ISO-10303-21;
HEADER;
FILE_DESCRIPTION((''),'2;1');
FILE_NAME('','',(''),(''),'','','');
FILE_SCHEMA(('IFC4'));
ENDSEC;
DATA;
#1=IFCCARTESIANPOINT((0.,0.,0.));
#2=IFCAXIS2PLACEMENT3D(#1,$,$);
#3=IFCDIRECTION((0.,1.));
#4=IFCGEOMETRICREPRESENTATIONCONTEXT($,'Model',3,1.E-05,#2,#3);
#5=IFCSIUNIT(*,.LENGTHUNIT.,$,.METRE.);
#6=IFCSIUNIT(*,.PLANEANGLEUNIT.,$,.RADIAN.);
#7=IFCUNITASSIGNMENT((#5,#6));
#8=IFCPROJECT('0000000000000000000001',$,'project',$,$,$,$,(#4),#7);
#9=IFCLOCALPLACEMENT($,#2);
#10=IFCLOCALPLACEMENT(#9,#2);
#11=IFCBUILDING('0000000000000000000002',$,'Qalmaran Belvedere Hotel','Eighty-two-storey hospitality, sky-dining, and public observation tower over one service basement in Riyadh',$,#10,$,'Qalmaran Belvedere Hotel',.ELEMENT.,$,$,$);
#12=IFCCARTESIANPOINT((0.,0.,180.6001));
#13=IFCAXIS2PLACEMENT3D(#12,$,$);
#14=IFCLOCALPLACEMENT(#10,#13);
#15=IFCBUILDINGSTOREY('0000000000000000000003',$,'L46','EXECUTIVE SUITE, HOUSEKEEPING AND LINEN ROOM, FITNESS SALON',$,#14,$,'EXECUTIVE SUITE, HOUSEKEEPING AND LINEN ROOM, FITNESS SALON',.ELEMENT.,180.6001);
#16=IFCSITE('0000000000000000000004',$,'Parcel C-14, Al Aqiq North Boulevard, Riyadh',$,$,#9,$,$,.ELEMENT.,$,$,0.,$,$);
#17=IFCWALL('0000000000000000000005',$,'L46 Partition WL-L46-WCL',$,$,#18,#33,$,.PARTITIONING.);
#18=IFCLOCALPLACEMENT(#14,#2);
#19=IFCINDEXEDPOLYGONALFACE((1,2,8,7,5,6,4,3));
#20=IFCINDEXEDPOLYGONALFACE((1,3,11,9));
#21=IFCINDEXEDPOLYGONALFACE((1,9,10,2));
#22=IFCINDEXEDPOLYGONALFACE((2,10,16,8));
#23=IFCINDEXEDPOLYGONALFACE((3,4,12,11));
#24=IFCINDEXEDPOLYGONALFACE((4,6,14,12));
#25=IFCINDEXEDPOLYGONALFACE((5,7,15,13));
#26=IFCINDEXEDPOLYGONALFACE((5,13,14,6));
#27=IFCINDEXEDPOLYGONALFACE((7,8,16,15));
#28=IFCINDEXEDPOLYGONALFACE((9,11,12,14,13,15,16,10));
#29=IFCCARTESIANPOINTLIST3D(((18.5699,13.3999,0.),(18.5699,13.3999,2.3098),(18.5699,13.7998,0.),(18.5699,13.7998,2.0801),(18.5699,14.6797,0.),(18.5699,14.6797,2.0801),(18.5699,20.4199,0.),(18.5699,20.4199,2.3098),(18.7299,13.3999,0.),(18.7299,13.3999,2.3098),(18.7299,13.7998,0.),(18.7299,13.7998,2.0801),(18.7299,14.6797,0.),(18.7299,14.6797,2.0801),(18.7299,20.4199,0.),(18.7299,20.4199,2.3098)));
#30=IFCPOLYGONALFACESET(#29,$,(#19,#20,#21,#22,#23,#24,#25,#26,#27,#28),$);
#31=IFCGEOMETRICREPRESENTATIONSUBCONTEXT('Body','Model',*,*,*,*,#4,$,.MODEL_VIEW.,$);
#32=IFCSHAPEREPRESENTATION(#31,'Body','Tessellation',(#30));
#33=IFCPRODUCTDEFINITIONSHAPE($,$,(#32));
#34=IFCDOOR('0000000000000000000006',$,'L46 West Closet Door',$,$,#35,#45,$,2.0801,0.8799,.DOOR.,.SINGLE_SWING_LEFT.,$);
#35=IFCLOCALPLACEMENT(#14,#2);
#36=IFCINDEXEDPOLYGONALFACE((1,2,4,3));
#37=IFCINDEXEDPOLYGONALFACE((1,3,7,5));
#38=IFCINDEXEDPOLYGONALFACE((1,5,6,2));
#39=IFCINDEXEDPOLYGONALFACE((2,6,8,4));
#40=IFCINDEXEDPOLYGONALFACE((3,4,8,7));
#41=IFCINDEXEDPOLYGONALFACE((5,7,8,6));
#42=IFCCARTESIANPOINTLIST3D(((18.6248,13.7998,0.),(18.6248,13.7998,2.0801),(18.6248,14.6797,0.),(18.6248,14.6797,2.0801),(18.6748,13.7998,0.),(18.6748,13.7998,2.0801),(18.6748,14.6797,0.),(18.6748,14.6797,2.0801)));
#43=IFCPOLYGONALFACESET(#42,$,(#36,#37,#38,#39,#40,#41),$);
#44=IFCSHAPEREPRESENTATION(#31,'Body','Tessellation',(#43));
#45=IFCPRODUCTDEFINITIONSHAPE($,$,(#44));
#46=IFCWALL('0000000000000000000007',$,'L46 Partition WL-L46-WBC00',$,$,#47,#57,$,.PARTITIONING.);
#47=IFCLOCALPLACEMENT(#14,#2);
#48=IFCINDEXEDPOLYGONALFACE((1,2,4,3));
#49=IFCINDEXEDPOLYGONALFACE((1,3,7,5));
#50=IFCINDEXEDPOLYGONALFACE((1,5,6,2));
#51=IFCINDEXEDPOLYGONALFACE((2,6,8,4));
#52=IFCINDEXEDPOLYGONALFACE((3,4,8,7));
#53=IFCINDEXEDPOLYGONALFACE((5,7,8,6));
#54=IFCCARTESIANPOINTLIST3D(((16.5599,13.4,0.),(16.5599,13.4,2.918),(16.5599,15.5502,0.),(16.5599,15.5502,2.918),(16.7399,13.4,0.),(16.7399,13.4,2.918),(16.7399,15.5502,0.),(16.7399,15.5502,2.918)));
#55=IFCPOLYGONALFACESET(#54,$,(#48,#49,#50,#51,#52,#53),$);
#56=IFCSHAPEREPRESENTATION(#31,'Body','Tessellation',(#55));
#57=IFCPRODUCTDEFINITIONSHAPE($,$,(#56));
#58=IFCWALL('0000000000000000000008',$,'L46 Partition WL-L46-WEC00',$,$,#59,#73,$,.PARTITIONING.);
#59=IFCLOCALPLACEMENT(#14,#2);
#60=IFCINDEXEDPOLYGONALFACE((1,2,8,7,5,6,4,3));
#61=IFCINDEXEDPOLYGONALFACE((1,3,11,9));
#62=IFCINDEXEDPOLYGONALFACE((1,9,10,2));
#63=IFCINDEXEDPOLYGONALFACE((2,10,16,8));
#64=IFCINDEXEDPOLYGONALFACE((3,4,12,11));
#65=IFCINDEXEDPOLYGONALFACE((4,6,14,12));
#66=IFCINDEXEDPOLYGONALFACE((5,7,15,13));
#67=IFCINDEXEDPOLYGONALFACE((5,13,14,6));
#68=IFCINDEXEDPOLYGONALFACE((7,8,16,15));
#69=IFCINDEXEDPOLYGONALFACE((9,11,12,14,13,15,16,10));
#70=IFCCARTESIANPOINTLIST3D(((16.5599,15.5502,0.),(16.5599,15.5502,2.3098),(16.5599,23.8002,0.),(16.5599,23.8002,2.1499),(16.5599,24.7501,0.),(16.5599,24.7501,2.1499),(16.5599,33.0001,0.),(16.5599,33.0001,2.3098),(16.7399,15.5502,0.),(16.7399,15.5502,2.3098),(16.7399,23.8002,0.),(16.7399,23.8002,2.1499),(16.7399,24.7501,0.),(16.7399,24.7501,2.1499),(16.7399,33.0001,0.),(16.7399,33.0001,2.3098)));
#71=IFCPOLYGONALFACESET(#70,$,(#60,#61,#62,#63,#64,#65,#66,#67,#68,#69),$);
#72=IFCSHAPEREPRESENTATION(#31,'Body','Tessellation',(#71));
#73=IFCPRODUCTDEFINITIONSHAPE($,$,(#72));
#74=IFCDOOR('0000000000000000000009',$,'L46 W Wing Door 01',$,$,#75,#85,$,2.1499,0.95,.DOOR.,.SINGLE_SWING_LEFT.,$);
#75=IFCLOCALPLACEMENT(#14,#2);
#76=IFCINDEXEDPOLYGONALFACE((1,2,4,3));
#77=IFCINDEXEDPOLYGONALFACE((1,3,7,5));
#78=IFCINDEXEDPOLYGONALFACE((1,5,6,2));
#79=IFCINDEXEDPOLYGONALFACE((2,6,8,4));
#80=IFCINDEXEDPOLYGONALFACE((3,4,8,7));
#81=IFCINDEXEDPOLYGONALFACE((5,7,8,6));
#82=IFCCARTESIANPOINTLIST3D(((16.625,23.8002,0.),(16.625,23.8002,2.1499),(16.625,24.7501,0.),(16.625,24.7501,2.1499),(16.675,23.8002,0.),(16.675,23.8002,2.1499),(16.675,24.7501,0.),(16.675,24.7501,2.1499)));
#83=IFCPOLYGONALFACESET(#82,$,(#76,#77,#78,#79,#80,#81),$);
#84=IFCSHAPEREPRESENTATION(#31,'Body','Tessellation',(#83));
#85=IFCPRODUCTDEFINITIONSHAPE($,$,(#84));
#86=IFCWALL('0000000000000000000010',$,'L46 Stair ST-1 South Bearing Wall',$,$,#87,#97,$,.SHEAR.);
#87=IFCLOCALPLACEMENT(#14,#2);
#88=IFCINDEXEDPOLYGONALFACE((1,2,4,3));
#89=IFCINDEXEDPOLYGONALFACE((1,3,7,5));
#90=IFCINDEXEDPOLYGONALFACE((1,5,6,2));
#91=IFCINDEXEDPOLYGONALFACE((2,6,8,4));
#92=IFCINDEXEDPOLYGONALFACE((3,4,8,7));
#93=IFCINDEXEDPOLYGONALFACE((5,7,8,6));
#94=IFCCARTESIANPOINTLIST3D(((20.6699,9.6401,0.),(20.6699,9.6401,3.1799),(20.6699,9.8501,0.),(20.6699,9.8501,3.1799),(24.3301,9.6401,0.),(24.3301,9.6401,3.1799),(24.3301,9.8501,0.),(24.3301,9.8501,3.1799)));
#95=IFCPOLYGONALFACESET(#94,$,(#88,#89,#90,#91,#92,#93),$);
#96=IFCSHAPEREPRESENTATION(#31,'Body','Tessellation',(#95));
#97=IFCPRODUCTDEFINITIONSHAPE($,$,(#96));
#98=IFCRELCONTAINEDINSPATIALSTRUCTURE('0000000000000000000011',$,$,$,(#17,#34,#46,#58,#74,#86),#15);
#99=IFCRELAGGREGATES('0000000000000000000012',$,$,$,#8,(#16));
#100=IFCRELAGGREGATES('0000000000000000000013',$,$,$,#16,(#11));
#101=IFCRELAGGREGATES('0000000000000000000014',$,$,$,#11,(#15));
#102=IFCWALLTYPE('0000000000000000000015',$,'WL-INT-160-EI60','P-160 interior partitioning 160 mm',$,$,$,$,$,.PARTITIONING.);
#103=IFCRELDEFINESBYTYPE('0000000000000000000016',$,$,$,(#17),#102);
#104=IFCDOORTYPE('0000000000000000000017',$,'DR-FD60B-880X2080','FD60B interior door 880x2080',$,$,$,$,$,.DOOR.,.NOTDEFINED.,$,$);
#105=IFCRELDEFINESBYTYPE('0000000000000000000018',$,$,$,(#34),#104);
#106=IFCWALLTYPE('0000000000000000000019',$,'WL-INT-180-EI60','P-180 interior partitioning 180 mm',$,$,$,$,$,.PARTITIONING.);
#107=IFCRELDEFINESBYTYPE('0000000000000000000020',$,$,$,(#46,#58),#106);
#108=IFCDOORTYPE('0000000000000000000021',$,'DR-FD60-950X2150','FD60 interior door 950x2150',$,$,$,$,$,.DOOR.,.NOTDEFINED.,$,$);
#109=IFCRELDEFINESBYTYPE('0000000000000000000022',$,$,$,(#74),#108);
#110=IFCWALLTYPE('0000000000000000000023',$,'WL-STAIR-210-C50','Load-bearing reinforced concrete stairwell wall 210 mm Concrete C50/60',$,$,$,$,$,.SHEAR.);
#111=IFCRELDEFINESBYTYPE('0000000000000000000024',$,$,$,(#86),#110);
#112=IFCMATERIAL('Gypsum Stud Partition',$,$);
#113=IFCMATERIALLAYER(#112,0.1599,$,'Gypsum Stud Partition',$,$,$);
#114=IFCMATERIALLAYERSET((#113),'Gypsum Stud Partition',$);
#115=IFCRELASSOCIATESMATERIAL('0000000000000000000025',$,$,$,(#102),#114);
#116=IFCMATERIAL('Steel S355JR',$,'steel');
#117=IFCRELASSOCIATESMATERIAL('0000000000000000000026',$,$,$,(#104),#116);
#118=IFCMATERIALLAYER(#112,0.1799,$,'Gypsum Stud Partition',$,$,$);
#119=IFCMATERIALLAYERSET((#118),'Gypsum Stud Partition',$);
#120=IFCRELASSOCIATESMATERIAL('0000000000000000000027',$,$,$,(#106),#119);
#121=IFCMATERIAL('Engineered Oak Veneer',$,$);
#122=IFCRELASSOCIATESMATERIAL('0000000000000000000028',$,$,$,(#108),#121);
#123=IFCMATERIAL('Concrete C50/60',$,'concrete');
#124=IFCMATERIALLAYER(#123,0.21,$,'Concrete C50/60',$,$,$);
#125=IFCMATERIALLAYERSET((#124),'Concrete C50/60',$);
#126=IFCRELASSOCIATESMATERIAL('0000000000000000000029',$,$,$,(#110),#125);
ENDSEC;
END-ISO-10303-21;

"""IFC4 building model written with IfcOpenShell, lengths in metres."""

from ifc_helpers import new_model, si_unit, direction, frame, frame_2d, origin, place, context, subcontext, project, spatial, rectangle, extrude, material, layer, layer_set, type_object, element, fill, save


model = new_model("IFC4")

# Units and contexts
model_context = context("Model", 3, precision=1e-05, world=origin(), true_north=direction((0.0, 1.0)))
body_context = subcontext(model_context, "Body", "Model", "MODEL_VIEW")
ifc_project = project(units=[si_unit("LENGTHUNIT", "METRE"), si_unit("PLANEANGLEUNIT", "RADIAN")], contexts=[model_context])

# Site, building, storey
site_placement = place(None, origin())
site = spatial("IfcSite", under=ifc_project, at=site_placement, Name="Parcel C-14, Al Aqiq North Boulevard, Riyadh", CompositionType="ELEMENT", RefElevation=0.0)
building_placement = place(site_placement, origin())
building = spatial("IfcBuilding", under=site, at=building_placement, Name="Qalmaran Belvedere Hotel", Description="Eighty-two-storey hospitality, sky-dining, and public observation tower over one service basement in Riyadh", LongName="Qalmaran Belvedere Hotel", CompositionType="ELEMENT")
storey_placement = place(building_placement, frame((0.0, 0.0, 180.6001)))
storey = spatial("IfcBuildingStorey", under=building, at=storey_placement, Name="L46", Description="EXECUTIVE SUITE, HOUSEKEEPING AND LINEN ROOM, FITNESS SALON", LongName="EXECUTIVE SUITE, HOUSEKEEPING AND LINEN ROOM, FITNESS SALON", CompositionType="ELEMENT", Elevation=180.6001)

# Shared definitions
ifc_material_1 = material(Name="Concrete C50/60", Category="concrete")

# Shared definitions
ifc_material_2 = material(Name="Steel S355JR", Category="steel")

# Shared definitions
ifc_material_3 = material(Name="Gypsum Stud Partition")
ifc_material_4 = material(Name="Engineered Oak Veneer")

# Wall, opening, door
ifc_layer_1 = layer(ifc_material_3, 0.1599, Name="Gypsum Stud Partition")
ifc_layer_set_1 = layer_set([ifc_layer_1], Name="Gypsum Stud Partition")
wall_type_1 = type_object("IfcWallType", Name="WL-INT-160-EI60", Description="P-160 interior partitioning 160 mm", PredefinedType="PARTITIONING", material=ifc_layer_set_1)
wall_1_placement = place(storey_placement, frame((18.6499, 13.3999, 0.0), z_axis=(0.0, 0.0, 1.0), x_axis=(0.0, 1.0, 0.0)))
wall_1 = element("IfcWall", 1, at=wall_1_placement, inside=storey, type_object=wall_type_1, Name="L46 Partition WL-L46-WCL", PredefinedType="PARTITIONING", context=body_context, shape_type="SweptSolid", body=[
    extrude(rectangle(XDim=7.02, YDim=0.1599, at=frame_2d((3.51, 0.0))), origin(), (0.0, 0.0, 1.0), 2.3098),
])
opening_1_placement = place(wall_1_placement, frame((1.2798, 0.0, 0.0), z_axis=(0.0, 0.0, 1.0), x_axis=(-1.0, 0.0, 0.0)))
opening_1 = element("IfcOpeningElement", 2, at=opening_1_placement, cuts=wall_1, PredefinedType="OPENING", context=body_context, shape_type="SweptSolid", body=[
    extrude(rectangle(XDim=0.8799, YDim=2.0801, at=frame_2d((0.4399, 1.04))), frame((0.0, 0.0898, 0.0), z_axis=(0.0, -1.0, 0.0), x_axis=(1.0, 0.0, 0.0)), (0.0, 0.0, 1.0), 0.1799),
])
door_type_1 = type_object("IfcDoorType", Name="DR-FD60B-880X2080", Description="FD60B interior door 880x2080", OperationType="NOTDEFINED", PredefinedType="DOOR", material=ifc_material_2)
door_1_placement = place(opening_1_placement, origin())
door_1 = element("IfcDoor", 3, at=door_1_placement, inside=storey, type_object=door_type_1, Name="L46 West Closet Door", OperationType="SINGLE_SWING_LEFT", OverallHeight=2.0801, OverallWidth=0.8799, PredefinedType="DOOR", context=body_context, shape_type="SweptSolid", body=[
    extrude(rectangle(XDim=0.8799, YDim=2.0801, at=frame_2d((0.4399, 1.04))), frame((0.0, 0.0249, 0.0), z_axis=(0.0, -1.0, 0.0), x_axis=(1.0, 0.0, 0.0)), (0.0, 0.0, 1.0), 0.05),
])
fill(opening_1, door_1)

# Wall
ifc_layer_2 = layer(ifc_material_3, 0.1799, Name="Gypsum Stud Partition")
ifc_layer_set_2 = layer_set([ifc_layer_2], Name="Gypsum Stud Partition")
wall_type_2 = type_object("IfcWallType", Name="WL-INT-180-EI60", Description="P-180 interior partitioning 180 mm", PredefinedType="PARTITIONING", material=ifc_layer_set_2)
wall_2_placement = place(storey_placement, frame((16.6499, 13.3999, 0.0), z_axis=(0.0, 0.0, 1.0), x_axis=(0.0, 1.0, 0.0)))
element("IfcWall", 4, at=wall_2_placement, inside=storey, type_object=wall_type_2, Name="L46 Partition WL-L46-WBC00", PredefinedType="PARTITIONING", context=body_context, shape_type="SweptSolid", body=[
    extrude(rectangle(XDim=2.1501, YDim=0.1799, at=frame_2d((1.0752, 0.0))), origin(), (0.0, 0.0, 1.0), 2.918),
])

# Wall, opening, door
wall_3_placement = place(storey_placement, frame((16.6499, 15.55, 0.0), z_axis=(0.0, 0.0, 1.0), x_axis=(0.0, 1.0, 0.0)))
wall_3 = element("IfcWall", 5, at=wall_3_placement, inside=storey, type_object=wall_type_2, Name="L46 Partition WL-L46-WEC00", PredefinedType="PARTITIONING", context=body_context, shape_type="SweptSolid", body=[
    extrude(rectangle(XDim=17.45, YDim=0.1799, at=frame_2d((8.7251, 0.0))), origin(), (0.0, 0.0, 1.0), 2.3098),
])
opening_2_placement = place(wall_3_placement, frame((8.25, 0.0, 0.0)))
opening_2 = element("IfcOpeningElement", 6, at=opening_2_placement, cuts=wall_3, PredefinedType="OPENING", context=body_context, shape_type="SweptSolid", body=[
    extrude(rectangle(XDim=0.95, YDim=2.1499, at=frame_2d((0.4751, 1.075))), frame((0.0, 0.1001, 0.0), z_axis=(0.0, -1.0, 0.0), x_axis=(1.0, 0.0, 0.0)), (0.0, 0.0, 1.0), 0.2),
])
door_type_2 = type_object("IfcDoorType", Name="DR-FD60-950X2150", Description="FD60 interior door 950x2150", OperationType="NOTDEFINED", PredefinedType="DOOR", material=ifc_material_4)
door_2_placement = place(opening_2_placement, origin())
door_2 = element("IfcDoor", 7, at=door_2_placement, inside=storey, type_object=door_type_2, Name="L46 W Wing Door 01", OperationType="SINGLE_SWING_LEFT", OverallHeight=2.1499, OverallWidth=0.95, PredefinedType="DOOR", context=body_context, shape_type="SweptSolid", body=[
    extrude(rectangle(XDim=0.95, YDim=2.1499, at=frame_2d((0.4751, 1.075))), frame((0.0, 0.0249, 0.0), z_axis=(0.0, -1.0, 0.0), x_axis=(1.0, 0.0, 0.0)), (0.0, 0.0, 1.0), 0.05),
])
fill(opening_2, door_2)

# Wall
ifc_layer_3 = layer(ifc_material_1, 0.21, Name="Concrete C50/60")
ifc_layer_set_3 = layer_set([ifc_layer_3], Name="Concrete C50/60")
wall_type_3 = type_object("IfcWallType", Name="WL-STAIR-210-C50", Description="Load-bearing reinforced concrete stairwell wall 210 mm Concrete C50/60", PredefinedType="SHEAR", material=ifc_layer_set_3)
wall_4_placement = place(storey_placement, frame((20.6699, 9.7451, 0.0), z_axis=(0.0, 0.0, 1.0), x_axis=(1.0, 0.0, 0.0)))
element("IfcWall", 8, at=wall_4_placement, inside=storey, type_object=wall_type_3, Name="L46 Stair ST-1 South Bearing Wall", PredefinedType="SHEAR", context=body_context, shape_type="SweptSolid", body=[
    extrude(rectangle(XDim=3.6602, YDim=0.21, at=frame_2d((1.8301, 0.0))), origin(), (0.0, 0.0, 1.0), 3.1799),
])

save(model, "model.ifc")
